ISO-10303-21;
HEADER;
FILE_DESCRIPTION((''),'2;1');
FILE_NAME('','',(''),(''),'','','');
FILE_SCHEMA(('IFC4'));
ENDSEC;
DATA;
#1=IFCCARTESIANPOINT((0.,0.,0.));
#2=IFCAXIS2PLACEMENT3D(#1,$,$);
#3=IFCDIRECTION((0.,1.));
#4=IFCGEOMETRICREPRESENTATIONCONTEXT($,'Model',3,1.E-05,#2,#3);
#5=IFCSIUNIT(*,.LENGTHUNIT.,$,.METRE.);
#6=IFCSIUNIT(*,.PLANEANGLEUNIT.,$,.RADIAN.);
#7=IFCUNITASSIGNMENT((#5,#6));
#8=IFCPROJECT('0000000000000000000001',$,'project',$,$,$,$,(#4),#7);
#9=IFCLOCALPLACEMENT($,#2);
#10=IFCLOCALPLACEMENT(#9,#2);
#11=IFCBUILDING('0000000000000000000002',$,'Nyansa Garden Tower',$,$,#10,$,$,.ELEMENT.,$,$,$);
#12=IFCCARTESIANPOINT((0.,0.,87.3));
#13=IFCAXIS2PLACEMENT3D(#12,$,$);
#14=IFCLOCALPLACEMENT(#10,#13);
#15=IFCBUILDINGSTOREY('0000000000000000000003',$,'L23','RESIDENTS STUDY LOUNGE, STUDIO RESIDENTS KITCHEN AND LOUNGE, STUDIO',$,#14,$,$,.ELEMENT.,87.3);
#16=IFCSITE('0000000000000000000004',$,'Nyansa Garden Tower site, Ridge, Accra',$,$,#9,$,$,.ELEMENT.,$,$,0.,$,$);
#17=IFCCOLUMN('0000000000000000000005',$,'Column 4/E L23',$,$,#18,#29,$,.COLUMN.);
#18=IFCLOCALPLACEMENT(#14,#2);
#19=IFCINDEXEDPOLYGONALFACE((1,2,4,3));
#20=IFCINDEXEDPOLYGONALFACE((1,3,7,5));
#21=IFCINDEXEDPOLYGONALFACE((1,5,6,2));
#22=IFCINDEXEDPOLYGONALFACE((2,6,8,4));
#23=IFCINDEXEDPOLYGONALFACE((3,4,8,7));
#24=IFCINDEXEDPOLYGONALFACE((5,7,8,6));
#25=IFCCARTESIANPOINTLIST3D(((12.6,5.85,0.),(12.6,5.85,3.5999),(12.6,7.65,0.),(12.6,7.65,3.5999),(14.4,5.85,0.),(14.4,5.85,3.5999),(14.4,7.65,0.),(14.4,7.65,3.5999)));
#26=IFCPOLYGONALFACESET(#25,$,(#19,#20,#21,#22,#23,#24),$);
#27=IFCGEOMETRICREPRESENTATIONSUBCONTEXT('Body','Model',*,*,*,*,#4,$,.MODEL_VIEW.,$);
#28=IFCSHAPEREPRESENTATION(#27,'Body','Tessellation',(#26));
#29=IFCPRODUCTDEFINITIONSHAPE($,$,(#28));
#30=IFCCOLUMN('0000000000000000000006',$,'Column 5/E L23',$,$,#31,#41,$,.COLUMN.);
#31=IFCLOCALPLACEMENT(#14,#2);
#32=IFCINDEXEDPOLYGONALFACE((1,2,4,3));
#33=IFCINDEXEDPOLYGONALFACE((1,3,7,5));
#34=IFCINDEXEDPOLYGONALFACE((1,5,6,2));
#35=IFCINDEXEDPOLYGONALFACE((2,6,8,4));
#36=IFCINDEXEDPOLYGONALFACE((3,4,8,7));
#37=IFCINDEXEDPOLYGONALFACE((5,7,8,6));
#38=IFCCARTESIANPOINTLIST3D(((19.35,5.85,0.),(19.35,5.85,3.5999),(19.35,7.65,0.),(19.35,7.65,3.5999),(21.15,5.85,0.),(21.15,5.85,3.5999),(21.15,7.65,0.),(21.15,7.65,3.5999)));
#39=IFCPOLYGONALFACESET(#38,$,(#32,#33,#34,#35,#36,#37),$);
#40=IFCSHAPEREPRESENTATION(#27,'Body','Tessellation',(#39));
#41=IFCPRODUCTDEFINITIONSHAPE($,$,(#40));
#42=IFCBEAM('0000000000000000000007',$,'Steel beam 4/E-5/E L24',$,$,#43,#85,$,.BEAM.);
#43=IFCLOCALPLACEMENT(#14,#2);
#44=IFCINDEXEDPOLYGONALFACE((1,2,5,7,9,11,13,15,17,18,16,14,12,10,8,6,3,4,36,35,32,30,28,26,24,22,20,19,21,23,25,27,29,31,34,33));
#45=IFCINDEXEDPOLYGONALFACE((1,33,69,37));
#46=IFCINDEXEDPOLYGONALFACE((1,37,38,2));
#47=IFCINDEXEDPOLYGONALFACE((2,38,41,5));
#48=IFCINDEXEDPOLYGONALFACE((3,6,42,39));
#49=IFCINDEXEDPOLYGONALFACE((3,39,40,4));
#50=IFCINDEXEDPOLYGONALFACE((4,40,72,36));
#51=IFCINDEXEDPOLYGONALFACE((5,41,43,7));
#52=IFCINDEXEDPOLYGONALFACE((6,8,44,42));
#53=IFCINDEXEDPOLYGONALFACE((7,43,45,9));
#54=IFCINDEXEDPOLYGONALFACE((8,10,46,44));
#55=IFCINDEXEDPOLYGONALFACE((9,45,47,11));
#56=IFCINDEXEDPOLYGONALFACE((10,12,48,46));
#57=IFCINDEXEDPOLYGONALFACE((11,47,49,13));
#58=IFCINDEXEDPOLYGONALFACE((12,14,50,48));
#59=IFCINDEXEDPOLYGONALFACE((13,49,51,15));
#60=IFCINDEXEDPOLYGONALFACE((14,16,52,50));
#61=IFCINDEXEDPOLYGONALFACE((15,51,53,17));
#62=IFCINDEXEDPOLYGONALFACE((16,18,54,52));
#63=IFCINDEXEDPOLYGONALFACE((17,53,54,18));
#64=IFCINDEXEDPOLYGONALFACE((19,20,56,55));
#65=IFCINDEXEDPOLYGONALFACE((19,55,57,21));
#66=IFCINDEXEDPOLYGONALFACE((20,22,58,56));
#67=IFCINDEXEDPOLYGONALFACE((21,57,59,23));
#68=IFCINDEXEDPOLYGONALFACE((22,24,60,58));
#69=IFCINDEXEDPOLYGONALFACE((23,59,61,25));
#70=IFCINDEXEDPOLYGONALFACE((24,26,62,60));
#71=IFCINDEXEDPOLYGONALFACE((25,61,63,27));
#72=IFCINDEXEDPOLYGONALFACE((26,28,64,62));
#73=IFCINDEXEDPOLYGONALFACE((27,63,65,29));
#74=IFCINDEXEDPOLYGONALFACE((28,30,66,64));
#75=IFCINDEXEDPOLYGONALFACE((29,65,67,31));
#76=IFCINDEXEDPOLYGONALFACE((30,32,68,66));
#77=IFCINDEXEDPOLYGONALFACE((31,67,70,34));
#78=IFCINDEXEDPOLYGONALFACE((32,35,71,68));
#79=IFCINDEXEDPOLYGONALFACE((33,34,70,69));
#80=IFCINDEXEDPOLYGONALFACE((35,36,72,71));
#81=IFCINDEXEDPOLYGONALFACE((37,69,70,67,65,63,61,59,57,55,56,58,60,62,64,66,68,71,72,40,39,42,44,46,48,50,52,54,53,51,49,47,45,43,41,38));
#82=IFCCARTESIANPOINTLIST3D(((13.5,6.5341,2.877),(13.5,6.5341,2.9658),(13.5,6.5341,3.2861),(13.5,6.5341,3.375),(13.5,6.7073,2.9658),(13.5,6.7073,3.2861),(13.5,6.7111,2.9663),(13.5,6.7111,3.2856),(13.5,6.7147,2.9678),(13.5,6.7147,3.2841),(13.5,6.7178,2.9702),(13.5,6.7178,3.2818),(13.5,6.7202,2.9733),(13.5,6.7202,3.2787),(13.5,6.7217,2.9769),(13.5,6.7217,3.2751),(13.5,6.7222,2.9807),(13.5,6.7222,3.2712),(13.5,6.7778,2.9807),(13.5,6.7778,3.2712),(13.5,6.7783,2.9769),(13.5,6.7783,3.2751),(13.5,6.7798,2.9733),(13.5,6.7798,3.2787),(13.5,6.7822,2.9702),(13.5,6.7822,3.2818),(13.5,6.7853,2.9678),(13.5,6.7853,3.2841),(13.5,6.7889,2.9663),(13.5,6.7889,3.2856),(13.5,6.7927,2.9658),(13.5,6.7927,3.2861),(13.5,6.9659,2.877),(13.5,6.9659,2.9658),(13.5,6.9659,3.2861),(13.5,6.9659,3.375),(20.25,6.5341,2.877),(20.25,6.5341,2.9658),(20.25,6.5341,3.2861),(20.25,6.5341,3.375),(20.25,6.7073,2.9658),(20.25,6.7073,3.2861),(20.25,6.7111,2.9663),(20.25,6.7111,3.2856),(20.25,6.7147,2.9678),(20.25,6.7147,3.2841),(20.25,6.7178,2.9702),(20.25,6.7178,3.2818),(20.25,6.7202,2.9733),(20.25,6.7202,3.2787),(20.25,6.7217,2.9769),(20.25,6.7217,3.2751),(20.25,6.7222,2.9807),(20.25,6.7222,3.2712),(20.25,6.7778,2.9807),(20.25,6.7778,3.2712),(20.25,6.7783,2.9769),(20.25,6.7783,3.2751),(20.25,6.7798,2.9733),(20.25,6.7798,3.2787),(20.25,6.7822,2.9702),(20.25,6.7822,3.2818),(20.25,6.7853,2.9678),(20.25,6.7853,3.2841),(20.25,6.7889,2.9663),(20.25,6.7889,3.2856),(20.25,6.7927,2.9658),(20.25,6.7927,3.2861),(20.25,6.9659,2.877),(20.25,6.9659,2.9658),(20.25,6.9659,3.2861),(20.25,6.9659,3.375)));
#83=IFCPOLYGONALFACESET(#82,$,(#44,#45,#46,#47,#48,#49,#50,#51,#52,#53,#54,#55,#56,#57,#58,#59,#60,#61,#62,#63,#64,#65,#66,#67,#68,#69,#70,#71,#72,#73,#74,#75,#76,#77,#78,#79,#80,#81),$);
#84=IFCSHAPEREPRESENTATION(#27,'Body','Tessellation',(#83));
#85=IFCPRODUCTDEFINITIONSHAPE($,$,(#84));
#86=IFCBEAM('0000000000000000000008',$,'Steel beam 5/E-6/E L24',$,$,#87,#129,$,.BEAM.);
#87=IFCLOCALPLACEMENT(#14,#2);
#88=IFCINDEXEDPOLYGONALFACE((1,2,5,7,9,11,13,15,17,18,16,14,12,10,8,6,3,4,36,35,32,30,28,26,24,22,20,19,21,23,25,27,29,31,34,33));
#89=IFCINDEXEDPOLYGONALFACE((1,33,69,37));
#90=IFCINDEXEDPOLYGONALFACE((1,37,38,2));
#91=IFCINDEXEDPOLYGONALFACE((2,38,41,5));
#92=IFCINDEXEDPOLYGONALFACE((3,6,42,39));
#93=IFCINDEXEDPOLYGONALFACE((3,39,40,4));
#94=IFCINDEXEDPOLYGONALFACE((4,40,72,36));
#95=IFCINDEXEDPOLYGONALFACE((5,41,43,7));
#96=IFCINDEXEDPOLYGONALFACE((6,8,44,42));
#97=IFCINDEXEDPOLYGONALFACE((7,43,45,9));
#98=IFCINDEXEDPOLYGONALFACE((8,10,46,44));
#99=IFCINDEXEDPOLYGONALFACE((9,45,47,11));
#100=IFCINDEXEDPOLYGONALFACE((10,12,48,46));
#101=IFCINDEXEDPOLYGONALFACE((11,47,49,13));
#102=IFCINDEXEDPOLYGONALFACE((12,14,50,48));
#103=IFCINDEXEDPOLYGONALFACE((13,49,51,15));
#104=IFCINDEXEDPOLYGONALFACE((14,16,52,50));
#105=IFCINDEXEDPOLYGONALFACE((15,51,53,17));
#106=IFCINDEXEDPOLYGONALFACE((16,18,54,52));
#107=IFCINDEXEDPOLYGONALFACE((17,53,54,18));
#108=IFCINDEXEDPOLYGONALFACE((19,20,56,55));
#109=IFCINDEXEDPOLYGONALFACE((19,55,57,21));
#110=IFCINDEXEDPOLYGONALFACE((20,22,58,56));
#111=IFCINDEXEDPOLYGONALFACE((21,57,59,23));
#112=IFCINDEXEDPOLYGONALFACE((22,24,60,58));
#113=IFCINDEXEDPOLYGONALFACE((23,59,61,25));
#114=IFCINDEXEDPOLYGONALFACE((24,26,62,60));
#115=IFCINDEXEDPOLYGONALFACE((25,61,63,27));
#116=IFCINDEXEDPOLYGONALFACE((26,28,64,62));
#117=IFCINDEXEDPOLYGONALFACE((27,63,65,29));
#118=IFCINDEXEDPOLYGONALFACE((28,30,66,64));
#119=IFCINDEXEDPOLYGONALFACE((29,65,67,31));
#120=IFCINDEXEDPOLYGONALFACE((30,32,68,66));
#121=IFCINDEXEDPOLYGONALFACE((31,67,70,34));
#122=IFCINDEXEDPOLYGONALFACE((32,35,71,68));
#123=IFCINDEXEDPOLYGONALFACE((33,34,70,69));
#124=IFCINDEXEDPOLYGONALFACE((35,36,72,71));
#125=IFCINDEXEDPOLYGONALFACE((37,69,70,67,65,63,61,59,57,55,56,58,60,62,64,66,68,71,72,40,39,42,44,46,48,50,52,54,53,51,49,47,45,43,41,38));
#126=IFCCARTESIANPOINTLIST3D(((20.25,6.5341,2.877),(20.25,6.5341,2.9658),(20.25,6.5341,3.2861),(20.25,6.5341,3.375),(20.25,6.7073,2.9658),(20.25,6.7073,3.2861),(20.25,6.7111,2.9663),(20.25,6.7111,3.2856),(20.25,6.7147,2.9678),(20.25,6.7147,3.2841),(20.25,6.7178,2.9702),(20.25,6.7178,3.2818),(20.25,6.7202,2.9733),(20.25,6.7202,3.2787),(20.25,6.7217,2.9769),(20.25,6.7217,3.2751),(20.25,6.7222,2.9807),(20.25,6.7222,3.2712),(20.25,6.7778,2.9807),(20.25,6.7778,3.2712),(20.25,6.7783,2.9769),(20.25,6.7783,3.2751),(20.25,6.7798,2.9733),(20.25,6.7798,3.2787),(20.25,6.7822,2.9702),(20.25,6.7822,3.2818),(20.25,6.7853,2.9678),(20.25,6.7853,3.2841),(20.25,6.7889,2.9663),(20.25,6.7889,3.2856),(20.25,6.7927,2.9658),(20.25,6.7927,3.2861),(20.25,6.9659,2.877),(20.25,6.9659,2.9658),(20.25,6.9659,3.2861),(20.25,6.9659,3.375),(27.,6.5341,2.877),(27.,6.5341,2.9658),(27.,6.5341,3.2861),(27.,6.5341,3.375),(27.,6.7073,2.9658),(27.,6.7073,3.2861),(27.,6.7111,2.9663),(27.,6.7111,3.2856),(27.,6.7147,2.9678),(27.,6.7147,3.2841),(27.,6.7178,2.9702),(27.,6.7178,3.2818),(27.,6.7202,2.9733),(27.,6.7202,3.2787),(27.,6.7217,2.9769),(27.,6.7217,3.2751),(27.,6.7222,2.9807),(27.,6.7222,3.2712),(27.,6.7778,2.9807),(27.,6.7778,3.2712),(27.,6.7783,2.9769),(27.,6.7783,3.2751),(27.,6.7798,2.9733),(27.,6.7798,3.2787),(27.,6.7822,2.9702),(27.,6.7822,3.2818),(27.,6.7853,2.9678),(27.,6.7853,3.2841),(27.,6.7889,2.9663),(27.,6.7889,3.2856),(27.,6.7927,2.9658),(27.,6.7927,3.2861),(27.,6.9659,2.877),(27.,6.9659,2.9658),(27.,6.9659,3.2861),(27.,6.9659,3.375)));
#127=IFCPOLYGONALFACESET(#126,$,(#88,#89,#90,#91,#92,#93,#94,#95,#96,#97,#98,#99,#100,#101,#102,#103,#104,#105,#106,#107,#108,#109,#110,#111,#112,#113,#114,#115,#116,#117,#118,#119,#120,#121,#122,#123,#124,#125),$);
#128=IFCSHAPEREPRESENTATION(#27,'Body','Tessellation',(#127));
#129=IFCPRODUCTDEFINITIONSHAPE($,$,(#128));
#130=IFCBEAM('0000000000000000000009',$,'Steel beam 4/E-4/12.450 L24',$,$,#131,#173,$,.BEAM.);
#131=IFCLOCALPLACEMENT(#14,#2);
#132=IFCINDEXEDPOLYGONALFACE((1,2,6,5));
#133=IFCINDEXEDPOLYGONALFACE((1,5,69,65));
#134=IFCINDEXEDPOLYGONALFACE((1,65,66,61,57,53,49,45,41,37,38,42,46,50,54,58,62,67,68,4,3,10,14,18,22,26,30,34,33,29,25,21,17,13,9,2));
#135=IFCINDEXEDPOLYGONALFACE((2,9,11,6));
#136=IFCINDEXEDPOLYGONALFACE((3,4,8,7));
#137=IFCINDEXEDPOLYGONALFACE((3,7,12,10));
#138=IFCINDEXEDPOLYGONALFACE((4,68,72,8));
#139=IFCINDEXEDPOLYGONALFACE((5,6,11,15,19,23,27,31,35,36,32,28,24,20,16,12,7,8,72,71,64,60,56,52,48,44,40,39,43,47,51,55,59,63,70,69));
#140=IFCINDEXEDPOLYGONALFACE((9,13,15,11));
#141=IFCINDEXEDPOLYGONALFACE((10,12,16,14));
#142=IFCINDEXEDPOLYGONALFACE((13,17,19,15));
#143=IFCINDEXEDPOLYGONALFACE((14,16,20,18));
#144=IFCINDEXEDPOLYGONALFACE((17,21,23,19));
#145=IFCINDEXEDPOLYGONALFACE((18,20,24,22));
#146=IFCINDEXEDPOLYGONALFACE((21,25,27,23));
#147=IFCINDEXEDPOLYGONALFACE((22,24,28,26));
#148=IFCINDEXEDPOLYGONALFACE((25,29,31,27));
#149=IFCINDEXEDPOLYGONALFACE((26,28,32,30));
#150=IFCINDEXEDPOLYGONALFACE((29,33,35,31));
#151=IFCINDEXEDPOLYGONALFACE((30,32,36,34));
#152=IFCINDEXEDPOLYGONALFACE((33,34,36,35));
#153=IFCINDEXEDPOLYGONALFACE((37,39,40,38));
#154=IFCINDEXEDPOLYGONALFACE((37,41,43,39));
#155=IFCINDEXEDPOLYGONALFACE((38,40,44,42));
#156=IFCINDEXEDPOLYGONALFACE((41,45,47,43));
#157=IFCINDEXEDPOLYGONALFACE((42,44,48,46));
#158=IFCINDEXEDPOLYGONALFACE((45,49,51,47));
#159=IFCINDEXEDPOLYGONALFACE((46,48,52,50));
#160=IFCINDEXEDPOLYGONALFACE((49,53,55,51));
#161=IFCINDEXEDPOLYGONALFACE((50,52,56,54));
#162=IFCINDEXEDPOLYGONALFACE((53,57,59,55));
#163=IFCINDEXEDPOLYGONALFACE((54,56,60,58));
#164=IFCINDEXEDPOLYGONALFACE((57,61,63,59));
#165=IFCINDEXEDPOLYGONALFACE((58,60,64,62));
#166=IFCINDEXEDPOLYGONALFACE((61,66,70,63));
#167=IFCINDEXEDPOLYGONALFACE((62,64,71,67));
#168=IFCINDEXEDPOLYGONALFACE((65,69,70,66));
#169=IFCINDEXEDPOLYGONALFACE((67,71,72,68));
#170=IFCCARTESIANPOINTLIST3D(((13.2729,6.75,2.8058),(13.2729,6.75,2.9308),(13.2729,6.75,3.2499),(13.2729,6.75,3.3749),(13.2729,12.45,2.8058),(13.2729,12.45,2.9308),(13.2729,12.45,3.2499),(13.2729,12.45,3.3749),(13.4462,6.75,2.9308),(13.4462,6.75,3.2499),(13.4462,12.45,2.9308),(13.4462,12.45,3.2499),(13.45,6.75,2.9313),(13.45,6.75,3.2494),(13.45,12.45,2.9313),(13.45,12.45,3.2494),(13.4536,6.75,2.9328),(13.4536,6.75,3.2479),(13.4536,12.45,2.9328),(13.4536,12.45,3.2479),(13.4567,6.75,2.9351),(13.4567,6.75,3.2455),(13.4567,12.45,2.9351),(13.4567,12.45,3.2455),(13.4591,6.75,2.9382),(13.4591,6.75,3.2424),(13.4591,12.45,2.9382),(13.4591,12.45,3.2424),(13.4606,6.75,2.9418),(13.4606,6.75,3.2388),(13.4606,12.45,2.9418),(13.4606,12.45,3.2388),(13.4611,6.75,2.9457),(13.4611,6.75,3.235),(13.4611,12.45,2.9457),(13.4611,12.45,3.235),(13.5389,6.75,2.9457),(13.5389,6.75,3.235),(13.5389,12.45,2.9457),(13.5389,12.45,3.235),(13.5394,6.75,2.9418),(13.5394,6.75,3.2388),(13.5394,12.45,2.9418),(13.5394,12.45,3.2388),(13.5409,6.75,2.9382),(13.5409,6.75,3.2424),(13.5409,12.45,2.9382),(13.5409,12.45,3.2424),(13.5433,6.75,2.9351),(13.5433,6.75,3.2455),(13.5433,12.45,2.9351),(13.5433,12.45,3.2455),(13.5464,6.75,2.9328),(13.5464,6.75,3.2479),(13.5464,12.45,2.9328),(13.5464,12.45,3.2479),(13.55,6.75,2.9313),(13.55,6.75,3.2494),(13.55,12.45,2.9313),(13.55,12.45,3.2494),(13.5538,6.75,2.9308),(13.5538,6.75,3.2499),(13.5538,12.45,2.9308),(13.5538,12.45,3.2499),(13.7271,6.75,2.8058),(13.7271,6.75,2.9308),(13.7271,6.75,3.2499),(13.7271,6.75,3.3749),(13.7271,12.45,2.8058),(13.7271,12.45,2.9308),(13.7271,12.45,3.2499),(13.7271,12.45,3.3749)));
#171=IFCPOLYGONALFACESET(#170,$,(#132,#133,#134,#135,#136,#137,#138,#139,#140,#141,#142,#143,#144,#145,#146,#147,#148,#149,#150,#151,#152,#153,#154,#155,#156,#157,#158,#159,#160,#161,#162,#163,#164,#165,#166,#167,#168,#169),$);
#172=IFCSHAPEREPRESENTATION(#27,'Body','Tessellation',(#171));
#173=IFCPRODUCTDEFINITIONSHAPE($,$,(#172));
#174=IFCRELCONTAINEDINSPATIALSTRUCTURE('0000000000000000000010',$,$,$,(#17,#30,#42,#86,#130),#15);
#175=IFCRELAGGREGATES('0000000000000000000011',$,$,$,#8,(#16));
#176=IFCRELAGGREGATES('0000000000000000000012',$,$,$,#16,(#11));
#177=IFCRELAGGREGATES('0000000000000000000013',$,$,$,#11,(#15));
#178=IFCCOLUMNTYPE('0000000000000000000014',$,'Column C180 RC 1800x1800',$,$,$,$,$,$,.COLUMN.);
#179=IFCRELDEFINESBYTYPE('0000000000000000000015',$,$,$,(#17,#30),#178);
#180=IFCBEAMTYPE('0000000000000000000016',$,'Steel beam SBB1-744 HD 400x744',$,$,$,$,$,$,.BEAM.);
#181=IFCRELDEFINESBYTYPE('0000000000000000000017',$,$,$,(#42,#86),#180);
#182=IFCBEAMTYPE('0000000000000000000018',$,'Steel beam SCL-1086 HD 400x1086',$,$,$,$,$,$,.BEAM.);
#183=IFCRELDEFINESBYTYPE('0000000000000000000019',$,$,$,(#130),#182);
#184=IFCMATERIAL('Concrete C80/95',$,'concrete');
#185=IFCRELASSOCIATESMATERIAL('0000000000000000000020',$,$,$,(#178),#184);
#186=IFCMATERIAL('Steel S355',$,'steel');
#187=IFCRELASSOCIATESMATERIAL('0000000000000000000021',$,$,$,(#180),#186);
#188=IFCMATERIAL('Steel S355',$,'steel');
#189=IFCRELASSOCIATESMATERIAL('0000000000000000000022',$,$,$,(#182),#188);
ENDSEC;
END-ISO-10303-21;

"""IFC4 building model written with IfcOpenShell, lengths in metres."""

from ifc_helpers import new_model, si_unit, direction, frame, origin, origin_2d, place, context, subcontext, project, spatial, rectangle, i_section, extrude, material, material_profile, profile_set, type_object, element, save


model = new_model("IFC4")

# Units and contexts
model_context = context("Model", 3, precision=1e-05, world=origin(), true_north=direction((0.0, 1.0)))
body_context = subcontext(model_context, "Body", "Model", "MODEL_VIEW")
ifc_project = project(units=[si_unit("LENGTHUNIT", "METRE"), si_unit("PLANEANGLEUNIT", "RADIAN")], contexts=[model_context])

# Site, building, storey
site_placement = place(None, origin())
site = spatial("IfcSite", under=ifc_project, at=site_placement, Name="Nyansa Garden Tower site, Ridge, Accra", CompositionType="ELEMENT", RefElevation=0.0)
building_placement = place(site_placement, origin())
building = spatial("IfcBuilding", under=site, at=building_placement, Name="Nyansa Garden Tower", CompositionType="ELEMENT")
storey_placement = place(building_placement, frame((0.0, 0.0, 87.3)))
storey = spatial("IfcBuildingStorey", under=building, at=storey_placement, Name="L23", Description="RESIDENTS STUDY LOUNGE, STUDIO RESIDENTS KITCHEN AND LOUNGE, STUDIO", CompositionType="ELEMENT", Elevation=87.3)

# Columns
ifc_material_1 = material(Name="Concrete C80/95", Category="concrete")
ifc_material_profile_1 = material_profile(ifc_material_1, rectangle(XDim=1.8, YDim=1.8, at=origin_2d()), Name="RC 1800x1800")
ifc_profile_set_1 = profile_set([ifc_material_profile_1], Name="Concrete C80/95")
column_type = type_object("IfcColumnType", Name="Column C180 RC 1800x1800", PredefinedType="COLUMN", material=ifc_profile_set_1)
for number, where, z_axis, x_axis, name in (
    (1, (13.5, 6.75, 0.0), (0.0, 0.0, 1.0), (1.0, 0.0, 0.0), "Column 4/E L23"),
    (2, (20.25, 6.75, 0.0), (0.0, 0.0, 1.0), (1.0, 0.0, 0.0), "Column 5/E L23"),
):
    element("IfcColumn", number, at=place(storey_placement, frame(where, z_axis=z_axis, x_axis=x_axis)), inside=storey, type_object=column_type, Name=name, PredefinedType="COLUMN", context=body_context, shape_type="SweptSolid", body=[
        extrude(rectangle(XDim=1.8, YDim=1.8, at=origin_2d()), origin(), (0.0, 0.0, 1.0), 3.5999),
    ])

# Beams
ifc_material_2 = material(Name="Steel S355", Category="steel")
ifc_material_profile_2 = material_profile(ifc_material_2, i_section(OverallWidth=0.4319, OverallDepth=0.498, WebThickness=0.0557, FlangeThickness=0.0889, FilletRadius=0.0149, at=origin_2d()), Name="HD 400x744")
ifc_profile_set_2 = profile_set([ifc_material_profile_2], Name="Steel S355")
beam_type_1 = type_object("IfcBeamType", Name="Steel beam SBB1-744 HD 400x744", PredefinedType="BEAM", material=ifc_profile_set_2)
for number, where, z_axis, x_axis, name in (
    (3, (13.5, 6.75, 3.126), (1.0, 0.0, 0.0), (0.0, 1.0, 0.0), "Steel beam 4/E-5/E L24"),
    (4, (20.25, 6.75, 3.126), (1.0, 0.0, 0.0), (0.0, 1.0, 0.0), "Steel beam 5/E-6/E L24"),
):
    element("IfcBeam", number, at=place(storey_placement, frame(where, z_axis=z_axis, x_axis=x_axis)), inside=storey, type_object=beam_type_1, Name=name, PredefinedType="BEAM", context=body_context, shape_type="SweptSolid", body=[
        extrude(i_section(OverallWidth=0.4319, OverallDepth=0.498, WebThickness=0.0557, FlangeThickness=0.0889, FilletRadius=0.0149, at=origin_2d()), origin(), (0.0, 0.0, 1.0), 6.75),
    ])
ifc_material_3 = material(Name="Steel S355", Category="steel")
ifc_material_profile_3 = material_profile(ifc_material_3, i_section(OverallWidth=0.4541, OverallDepth=0.5691, WebThickness=0.0779, FlangeThickness=0.125, FilletRadius=0.0149, at=origin_2d()), Name="HD 400x1086")
ifc_profile_set_3 = profile_set([ifc_material_profile_3], Name="Steel S355")
beam_type_2 = type_object("IfcBeamType", Name="Steel beam SCL-1086 HD 400x1086", PredefinedType="BEAM", material=ifc_profile_set_3)
for number, where, z_axis, x_axis, name in (
    (5, (13.5, 6.75, 3.0903), (0.0, 1.0, 0.0), (-1.0, 0.0, 0.0), "Steel beam 4/E-4/12.450 L24"),
):
    element("IfcBeam", number, at=place(storey_placement, frame(where, z_axis=z_axis, x_axis=x_axis)), inside=storey, type_object=beam_type_2, Name=name, PredefinedType="BEAM", context=body_context, shape_type="SweptSolid", body=[
        extrude(i_section(OverallWidth=0.4541, OverallDepth=0.5691, WebThickness=0.0779, FlangeThickness=0.125, FilletRadius=0.0149, at=origin_2d()), origin(), (0.0, 0.0, 1.0), 5.7),
    ])

save(model, "model.ifc")
